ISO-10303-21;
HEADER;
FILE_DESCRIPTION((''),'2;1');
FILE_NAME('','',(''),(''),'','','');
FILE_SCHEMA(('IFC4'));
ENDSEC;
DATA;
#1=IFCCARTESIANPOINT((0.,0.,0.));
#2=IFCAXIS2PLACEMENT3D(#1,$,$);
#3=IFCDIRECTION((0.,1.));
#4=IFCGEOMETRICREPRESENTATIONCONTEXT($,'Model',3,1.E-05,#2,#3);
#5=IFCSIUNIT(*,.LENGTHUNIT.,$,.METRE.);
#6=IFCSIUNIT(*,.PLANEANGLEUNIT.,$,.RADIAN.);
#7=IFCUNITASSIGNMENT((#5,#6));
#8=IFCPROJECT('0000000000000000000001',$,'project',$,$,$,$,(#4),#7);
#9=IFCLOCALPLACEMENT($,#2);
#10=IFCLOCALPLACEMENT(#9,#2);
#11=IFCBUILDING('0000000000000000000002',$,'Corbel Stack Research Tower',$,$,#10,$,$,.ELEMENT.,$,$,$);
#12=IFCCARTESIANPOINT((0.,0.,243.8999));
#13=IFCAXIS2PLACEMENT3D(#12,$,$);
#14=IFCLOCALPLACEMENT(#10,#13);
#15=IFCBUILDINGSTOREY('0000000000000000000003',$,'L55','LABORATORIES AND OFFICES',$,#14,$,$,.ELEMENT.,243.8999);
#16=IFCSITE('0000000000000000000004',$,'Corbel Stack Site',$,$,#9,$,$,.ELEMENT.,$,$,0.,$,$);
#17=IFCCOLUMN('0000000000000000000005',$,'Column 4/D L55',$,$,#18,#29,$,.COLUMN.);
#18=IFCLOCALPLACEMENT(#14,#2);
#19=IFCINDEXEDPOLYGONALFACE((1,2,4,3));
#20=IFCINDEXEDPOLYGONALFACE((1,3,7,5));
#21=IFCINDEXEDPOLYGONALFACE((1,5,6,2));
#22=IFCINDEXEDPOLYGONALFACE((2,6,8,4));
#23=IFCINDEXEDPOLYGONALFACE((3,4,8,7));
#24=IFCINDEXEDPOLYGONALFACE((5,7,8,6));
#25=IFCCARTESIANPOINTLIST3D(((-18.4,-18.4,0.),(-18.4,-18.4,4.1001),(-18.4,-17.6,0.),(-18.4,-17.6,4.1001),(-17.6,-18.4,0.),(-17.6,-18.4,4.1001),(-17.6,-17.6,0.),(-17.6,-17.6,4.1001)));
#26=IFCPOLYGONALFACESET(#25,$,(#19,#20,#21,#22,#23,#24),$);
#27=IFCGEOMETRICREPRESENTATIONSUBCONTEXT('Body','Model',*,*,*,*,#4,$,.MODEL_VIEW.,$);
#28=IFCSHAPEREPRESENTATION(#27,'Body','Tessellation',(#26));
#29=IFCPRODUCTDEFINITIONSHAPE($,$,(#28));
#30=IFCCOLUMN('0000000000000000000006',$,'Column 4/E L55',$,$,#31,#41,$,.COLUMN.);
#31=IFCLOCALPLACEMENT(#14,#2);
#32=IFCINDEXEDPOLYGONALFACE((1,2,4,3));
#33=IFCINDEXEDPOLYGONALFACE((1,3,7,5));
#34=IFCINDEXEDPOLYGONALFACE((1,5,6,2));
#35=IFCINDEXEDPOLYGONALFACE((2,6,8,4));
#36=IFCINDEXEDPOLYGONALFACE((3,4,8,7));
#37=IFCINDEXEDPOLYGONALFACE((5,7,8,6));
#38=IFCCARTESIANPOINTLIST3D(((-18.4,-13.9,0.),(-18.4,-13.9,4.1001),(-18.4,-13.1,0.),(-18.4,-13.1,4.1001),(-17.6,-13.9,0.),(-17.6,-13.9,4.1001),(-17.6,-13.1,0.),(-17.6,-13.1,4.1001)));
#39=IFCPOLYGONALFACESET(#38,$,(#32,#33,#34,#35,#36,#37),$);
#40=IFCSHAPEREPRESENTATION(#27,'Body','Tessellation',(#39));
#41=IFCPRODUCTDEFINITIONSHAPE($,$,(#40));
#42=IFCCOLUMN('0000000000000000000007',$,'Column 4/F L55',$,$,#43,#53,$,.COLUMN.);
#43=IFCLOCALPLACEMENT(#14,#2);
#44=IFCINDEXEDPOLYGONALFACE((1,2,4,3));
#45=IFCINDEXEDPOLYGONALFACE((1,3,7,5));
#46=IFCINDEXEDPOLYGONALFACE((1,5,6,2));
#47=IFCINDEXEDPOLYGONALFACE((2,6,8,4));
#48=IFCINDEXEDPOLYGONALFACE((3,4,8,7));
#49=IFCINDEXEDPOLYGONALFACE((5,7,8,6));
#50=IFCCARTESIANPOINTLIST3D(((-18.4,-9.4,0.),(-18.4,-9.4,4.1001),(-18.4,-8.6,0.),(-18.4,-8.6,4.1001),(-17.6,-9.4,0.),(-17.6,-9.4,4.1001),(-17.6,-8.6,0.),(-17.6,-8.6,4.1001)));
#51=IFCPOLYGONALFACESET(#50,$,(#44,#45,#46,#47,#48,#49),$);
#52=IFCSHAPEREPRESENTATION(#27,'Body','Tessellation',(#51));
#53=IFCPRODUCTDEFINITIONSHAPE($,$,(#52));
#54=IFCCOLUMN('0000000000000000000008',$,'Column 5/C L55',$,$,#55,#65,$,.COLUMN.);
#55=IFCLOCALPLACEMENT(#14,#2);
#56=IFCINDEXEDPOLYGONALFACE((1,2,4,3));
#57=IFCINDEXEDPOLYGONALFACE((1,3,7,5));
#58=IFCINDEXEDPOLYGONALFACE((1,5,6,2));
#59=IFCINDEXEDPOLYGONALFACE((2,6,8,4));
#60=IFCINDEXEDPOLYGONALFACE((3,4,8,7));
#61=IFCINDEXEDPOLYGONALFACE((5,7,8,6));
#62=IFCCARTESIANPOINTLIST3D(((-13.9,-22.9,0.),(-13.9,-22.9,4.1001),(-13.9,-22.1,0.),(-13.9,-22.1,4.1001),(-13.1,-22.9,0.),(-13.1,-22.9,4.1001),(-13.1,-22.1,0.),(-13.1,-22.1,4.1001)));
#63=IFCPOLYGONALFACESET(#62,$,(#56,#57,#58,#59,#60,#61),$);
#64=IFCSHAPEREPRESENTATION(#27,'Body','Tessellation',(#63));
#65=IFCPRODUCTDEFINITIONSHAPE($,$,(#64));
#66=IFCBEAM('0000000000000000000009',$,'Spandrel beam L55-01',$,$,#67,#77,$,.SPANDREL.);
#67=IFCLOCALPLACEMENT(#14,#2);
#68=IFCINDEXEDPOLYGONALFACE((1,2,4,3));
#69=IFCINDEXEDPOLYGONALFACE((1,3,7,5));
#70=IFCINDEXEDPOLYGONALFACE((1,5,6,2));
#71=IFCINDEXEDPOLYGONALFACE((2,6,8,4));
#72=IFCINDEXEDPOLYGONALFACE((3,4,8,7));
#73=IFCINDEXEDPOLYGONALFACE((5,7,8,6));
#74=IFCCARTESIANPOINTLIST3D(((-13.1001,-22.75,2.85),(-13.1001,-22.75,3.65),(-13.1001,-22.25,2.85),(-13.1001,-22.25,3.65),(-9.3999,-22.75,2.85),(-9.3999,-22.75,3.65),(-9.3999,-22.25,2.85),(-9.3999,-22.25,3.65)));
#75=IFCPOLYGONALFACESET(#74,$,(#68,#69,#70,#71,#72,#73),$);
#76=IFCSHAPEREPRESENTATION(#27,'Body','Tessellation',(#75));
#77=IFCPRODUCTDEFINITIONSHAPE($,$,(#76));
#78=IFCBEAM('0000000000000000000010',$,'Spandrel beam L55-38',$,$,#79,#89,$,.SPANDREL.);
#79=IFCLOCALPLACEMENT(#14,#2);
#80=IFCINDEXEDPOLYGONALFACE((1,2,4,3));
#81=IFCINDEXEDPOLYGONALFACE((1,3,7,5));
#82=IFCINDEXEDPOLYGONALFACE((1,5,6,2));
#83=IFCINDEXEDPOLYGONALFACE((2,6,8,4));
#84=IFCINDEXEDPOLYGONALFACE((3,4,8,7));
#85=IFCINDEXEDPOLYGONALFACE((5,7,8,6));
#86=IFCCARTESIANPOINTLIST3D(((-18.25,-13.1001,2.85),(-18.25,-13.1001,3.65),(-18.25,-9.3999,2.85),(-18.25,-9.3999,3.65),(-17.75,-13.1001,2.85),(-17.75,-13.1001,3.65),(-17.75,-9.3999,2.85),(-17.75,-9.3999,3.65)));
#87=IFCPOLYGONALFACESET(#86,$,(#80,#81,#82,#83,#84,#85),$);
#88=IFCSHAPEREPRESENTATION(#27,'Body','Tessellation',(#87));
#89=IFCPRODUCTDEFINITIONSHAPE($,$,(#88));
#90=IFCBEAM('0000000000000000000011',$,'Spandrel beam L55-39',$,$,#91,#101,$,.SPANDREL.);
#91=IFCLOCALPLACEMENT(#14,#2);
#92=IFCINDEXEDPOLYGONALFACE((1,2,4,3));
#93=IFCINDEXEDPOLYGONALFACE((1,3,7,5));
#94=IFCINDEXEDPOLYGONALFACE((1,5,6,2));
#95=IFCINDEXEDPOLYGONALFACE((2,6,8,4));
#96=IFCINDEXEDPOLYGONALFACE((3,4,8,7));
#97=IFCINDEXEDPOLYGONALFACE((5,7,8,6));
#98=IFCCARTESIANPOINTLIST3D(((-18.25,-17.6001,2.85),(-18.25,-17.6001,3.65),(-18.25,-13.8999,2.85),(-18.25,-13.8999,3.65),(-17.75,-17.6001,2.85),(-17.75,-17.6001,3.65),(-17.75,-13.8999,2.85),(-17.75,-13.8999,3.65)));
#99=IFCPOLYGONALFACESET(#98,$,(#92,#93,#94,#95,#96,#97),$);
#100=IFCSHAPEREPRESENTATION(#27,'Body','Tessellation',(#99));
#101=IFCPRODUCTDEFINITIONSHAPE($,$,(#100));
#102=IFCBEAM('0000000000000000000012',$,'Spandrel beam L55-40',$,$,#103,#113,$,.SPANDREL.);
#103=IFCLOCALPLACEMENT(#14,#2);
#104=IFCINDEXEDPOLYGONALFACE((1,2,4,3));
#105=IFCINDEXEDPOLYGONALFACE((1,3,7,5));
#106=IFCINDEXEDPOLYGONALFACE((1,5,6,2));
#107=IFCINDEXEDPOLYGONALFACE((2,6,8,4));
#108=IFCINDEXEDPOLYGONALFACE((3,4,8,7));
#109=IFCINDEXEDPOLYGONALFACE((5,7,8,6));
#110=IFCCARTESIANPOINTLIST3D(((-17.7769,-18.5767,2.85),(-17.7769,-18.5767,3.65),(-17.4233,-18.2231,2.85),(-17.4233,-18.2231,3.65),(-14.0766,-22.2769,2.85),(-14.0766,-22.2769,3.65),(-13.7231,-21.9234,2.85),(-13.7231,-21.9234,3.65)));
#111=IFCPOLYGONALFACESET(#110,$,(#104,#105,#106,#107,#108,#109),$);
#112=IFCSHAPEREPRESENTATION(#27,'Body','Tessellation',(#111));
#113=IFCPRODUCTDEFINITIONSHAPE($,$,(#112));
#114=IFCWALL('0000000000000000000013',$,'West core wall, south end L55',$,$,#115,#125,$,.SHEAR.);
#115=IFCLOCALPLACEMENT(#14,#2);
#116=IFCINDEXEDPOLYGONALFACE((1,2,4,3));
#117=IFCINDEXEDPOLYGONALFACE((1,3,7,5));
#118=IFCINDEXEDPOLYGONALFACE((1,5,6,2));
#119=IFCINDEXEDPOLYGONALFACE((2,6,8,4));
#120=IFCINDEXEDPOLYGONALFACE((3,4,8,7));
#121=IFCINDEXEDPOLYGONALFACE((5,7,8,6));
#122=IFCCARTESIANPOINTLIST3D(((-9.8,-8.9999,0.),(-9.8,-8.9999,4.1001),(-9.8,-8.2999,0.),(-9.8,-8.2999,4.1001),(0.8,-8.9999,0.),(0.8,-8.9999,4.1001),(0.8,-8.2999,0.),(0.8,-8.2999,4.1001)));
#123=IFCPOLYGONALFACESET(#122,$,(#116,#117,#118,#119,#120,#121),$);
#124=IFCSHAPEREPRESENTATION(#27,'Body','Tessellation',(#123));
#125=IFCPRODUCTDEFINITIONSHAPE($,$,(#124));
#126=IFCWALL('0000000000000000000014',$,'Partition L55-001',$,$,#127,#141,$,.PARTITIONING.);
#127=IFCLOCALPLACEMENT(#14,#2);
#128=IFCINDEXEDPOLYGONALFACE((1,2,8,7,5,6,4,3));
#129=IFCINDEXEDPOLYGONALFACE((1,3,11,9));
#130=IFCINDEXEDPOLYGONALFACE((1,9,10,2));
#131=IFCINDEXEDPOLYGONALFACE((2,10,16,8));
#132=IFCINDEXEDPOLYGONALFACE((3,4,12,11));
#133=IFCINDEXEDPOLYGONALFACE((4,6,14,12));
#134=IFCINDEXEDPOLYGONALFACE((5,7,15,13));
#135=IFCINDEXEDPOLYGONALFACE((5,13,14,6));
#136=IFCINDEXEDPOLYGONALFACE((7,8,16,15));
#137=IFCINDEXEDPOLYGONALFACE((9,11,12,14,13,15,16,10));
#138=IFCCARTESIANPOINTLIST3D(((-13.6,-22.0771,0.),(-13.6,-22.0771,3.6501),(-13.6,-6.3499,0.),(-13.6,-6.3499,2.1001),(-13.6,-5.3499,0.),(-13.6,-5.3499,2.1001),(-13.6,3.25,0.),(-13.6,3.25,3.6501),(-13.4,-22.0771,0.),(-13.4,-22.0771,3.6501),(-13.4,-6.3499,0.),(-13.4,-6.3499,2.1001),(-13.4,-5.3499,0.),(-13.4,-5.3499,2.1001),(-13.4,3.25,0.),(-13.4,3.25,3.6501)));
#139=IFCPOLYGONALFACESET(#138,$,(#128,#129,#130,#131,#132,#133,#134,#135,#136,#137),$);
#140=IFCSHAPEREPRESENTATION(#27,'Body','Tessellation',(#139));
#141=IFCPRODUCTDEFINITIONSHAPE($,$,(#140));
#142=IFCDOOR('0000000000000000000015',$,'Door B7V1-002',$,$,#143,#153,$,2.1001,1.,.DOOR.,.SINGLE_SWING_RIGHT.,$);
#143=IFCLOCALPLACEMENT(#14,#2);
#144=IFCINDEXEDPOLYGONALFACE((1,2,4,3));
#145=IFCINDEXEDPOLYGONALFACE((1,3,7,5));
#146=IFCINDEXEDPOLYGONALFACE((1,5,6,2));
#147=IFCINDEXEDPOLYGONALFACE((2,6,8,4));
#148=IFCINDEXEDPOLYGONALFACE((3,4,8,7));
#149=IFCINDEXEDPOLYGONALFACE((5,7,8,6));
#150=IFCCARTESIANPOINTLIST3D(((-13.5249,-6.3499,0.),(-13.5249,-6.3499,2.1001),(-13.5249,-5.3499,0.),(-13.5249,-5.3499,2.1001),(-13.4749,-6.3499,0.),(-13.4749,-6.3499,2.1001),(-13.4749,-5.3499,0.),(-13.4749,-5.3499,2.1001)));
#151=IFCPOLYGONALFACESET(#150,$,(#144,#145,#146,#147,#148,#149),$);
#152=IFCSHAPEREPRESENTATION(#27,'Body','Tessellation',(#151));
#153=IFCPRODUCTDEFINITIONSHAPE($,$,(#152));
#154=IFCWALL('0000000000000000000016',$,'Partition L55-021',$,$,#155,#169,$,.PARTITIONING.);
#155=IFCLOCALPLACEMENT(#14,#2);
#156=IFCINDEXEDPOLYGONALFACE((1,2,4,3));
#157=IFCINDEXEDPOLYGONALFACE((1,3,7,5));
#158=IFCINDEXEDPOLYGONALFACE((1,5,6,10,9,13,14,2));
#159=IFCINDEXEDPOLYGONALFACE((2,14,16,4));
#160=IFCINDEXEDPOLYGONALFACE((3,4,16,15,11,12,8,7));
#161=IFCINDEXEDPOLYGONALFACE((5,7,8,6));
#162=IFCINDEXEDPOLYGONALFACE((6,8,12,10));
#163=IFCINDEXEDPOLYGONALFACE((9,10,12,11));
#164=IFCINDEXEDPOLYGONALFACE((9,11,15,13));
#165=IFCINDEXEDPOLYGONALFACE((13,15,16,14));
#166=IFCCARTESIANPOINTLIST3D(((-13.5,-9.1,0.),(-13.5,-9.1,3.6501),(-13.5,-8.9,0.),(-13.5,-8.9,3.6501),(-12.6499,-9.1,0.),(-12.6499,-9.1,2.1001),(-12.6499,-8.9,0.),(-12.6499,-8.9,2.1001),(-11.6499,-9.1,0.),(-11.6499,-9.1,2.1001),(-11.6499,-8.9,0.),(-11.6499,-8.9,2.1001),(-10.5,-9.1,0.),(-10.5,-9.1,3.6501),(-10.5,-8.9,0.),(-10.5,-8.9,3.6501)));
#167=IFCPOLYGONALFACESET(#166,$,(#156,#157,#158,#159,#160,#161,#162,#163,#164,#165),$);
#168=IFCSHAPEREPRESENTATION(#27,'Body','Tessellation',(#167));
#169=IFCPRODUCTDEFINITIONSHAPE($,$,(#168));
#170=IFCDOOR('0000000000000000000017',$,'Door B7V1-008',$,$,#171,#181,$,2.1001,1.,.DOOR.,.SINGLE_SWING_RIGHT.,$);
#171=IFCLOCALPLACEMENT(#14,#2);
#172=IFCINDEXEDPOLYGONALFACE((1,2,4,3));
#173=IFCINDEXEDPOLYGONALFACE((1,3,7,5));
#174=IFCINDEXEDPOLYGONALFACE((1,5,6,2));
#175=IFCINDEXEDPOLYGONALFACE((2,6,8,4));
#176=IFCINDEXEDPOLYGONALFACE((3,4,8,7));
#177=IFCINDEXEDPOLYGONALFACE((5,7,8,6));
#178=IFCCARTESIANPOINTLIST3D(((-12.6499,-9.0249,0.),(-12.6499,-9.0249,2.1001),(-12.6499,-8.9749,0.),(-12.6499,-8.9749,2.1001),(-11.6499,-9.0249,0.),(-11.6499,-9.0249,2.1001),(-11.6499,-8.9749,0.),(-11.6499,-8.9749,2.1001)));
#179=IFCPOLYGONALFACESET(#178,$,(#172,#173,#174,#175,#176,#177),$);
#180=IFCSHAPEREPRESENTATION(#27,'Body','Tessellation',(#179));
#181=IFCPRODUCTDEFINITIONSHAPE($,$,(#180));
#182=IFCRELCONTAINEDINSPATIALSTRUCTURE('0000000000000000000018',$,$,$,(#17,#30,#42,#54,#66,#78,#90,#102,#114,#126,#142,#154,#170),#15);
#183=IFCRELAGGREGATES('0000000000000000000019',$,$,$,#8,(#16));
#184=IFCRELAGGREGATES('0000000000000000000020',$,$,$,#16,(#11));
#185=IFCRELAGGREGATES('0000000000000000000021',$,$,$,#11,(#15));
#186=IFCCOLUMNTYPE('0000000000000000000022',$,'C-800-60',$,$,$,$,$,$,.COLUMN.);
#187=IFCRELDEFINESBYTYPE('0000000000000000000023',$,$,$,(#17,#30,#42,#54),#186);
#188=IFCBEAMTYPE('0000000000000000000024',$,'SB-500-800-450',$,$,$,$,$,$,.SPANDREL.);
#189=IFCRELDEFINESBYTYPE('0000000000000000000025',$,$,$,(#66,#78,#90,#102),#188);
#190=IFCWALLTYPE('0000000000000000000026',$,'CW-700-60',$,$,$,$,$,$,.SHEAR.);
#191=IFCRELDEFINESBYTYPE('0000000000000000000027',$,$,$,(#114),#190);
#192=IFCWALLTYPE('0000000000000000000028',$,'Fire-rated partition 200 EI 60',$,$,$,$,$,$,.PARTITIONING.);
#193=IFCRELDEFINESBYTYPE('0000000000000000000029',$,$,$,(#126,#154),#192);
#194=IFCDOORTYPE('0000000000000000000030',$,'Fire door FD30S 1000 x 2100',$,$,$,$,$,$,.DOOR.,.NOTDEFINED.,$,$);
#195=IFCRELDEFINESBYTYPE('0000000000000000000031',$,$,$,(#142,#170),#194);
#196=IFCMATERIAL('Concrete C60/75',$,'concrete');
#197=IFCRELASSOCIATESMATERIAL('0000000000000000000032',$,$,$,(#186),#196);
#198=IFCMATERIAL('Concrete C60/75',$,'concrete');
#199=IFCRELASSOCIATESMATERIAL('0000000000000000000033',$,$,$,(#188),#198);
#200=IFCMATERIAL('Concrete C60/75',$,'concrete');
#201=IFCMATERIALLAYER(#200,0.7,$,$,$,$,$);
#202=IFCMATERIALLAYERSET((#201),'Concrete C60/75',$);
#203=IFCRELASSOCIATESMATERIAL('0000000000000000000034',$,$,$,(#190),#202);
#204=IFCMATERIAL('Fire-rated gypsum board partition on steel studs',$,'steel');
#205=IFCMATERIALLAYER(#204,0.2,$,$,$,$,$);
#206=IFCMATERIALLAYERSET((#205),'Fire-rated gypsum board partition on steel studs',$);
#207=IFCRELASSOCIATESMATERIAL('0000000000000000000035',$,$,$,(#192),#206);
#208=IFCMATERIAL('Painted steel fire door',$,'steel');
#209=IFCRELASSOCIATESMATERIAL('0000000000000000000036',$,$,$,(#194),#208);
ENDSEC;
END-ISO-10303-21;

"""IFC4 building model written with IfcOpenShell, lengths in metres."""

from ifc_helpers import new_model, si_unit, direction, frame, frame_2d, origin, origin_2d, place, context, subcontext, project, spatial, rectangle, extrude, material, layer, layer_set, material_profile, profile_set, type_object, element, fill, save


model = new_model("IFC4")

# Units and contexts
model_context = context("Model", 3, precision=1e-05, world=origin(), true_north=direction((0.0, 1.0)))
body_context = subcontext(model_context, "Body", "Model", "MODEL_VIEW")
ifc_project = project(units=[si_unit("LENGTHUNIT", "METRE"), si_unit("PLANEANGLEUNIT", "RADIAN")], contexts=[model_context])

# Site, building, storey
site_placement = place(None, origin())
site = spatial("IfcSite", under=ifc_project, at=site_placement, Name="Corbel Stack Site", CompositionType="ELEMENT", RefElevation=0.0)
building_placement = place(site_placement, origin())
building = spatial("IfcBuilding", under=site, at=building_placement, Name="Corbel Stack Research Tower", CompositionType="ELEMENT")
storey_placement = place(building_placement, frame((0.0, 0.0, 243.8999)))
storey = spatial("IfcBuildingStorey", under=building, at=storey_placement, Name="L55", Description="LABORATORIES AND OFFICES", CompositionType="ELEMENT", Elevation=243.8999)

# Columns
ifc_material_1 = material(Name="Concrete C60/75", Category="concrete")
ifc_material_profile_1 = material_profile(ifc_material_1, rectangle(XDim=0.8, YDim=0.8, at=origin_2d()), Name="RC 800 x 800")
ifc_profile_set_1 = profile_set([ifc_material_profile_1], Name="Concrete C60/75")
column_type = type_object("IfcColumnType", Name="C-800-60", PredefinedType="COLUMN", material=ifc_profile_set_1)
for number, where, z_axis, x_axis, name in (
    (1, (-18.0, -18.0, 0.0), (0.0, 0.0, 1.0), (1.0, 0.0, 0.0), "Column 4/D L55"),
    (2, (-18.0, -13.5, 0.0), (0.0, 0.0, 1.0), (1.0, 0.0, 0.0), "Column 4/E L55"),
    (3, (-18.0, -9.0, 0.0), (0.0, 0.0, 1.0), (1.0, 0.0, 0.0), "Column 4/F L55"),
    (4, (-13.5, -22.5, 0.0), (0.0, 0.0, 1.0), (1.0, 0.0, 0.0), "Column 5/C L55"),
):
    element("IfcColumn", number, at=place(storey_placement, frame(where, z_axis=z_axis, x_axis=x_axis)), inside=storey, type_object=column_type, Name=name, PredefinedType="COLUMN", context=body_context, shape_type="SweptSolid", body=[
        extrude(rectangle(XDim=0.8, YDim=0.8, at=origin_2d()), origin(), (0.0, 0.0, 1.0), 4.1001),
    ])

# Beams
ifc_material_2 = material(Name="Concrete C60/75", Category="concrete")
ifc_material_profile_2 = material_profile(ifc_material_2, rectangle(XDim=0.5, YDim=0.8, at=origin_2d()), Name="RC 500 x 800")
ifc_profile_set_2 = profile_set([ifc_material_profile_2], Name="Concrete C60/75")
beam_type = type_object("IfcBeamType", Name="SB-500-800-450", PredefinedType="SPANDREL", material=ifc_profile_set_2)
for number, where, z_axis, x_axis, name in (
    (5, (-13.1001, -22.5, 3.25), (1.0, 0.0, 0.0), (0.0, 1.0, 0.0), "Spandrel beam L55-01"),
    (6, (-18.0, -9.3999, 3.25), (0.0, -1.0, 0.0), (1.0, 0.0, 0.0), "Spandrel beam L55-38"),
    (7, (-18.0, -13.8999, 3.25), (0.0, -1.0, 0.0), (1.0, 0.0, 0.0), "Spandrel beam L55-39"),
):
    element("IfcBeam", number, at=place(storey_placement, frame(where, z_axis=z_axis, x_axis=x_axis)), inside=storey, type_object=beam_type, Name=name, PredefinedType="SPANDREL", context=body_context, shape_type="SweptSolid", body=[
        extrude(rectangle(XDim=0.5, YDim=0.8, at=origin_2d()), origin(), (0.0, 0.0, 1.0), 3.7002),
    ])
beam_placement = place(storey_placement, frame((-17.6001, -18.3999, 3.25), z_axis=(0.707107, -0.707107, 0.0), x_axis=(0.707107, 0.707107, 0.0)))
element("IfcBeam", 8, at=beam_placement, inside=storey, type_object=beam_type, Name="Spandrel beam L55-40", PredefinedType="SPANDREL", context=body_context, shape_type="SweptSolid", body=[
    extrude(rectangle(XDim=0.5, YDim=0.8, at=origin_2d()), origin(), (0.0, 0.0, 1.0), 5.2329),
])

# Shared definitions
ifc_material_3 = material(Name="Concrete C60/75", Category="concrete")
ifc_layer_1 = layer(ifc_material_3, 0.7)
ifc_layer_set_1 = layer_set([ifc_layer_1], Name="Concrete C60/75")
wall_type_1 = type_object("IfcWallType", Name="CW-700-60", PredefinedType="SHEAR", material=ifc_layer_set_1)

# Wall
wall_1_placement = place(storey_placement, frame((-9.8, -8.6499, 0.0), z_axis=(0.0, 0.0, 1.0), x_axis=(1.0, 0.0, 0.0)))
element("IfcWall", 9, at=wall_1_placement, inside=storey, type_object=wall_type_1, Name="West core wall, south end L55", PredefinedType="SHEAR", context=body_context, shape_type="SweptSolid", body=[
    extrude(rectangle(XDim=10.6001, YDim=0.7, at=frame_2d((5.3, 0.0))), origin(), (0.0, 0.0, 1.0), 4.1001),
])

# Walls, openings, doors
ifc_material_4 = material(Name="Fire-rated gypsum board partition on steel studs", Category="steel")
ifc_layer_2 = layer(ifc_material_4, 0.2)
ifc_layer_set_2 = layer_set([ifc_layer_2], Name="Fire-rated gypsum board partition on steel studs")
wall_type_2 = type_object("IfcWallType", Name="Fire-rated partition 200 EI 60", PredefinedType="PARTITIONING", material=ifc_layer_set_2)
wall_2_placement = place(storey_placement, frame((-13.5, -22.0771, 0.0), z_axis=(0.0, 0.0, 1.0), x_axis=(0.0, 1.0, 0.0)))
wall_2 = element("IfcWall", 10, at=wall_2_placement, inside=storey, type_object=wall_type_2, Name="Partition L55-001", PredefinedType="PARTITIONING", context=body_context, shape_type="SweptSolid", body=[
    extrude(rectangle(XDim=25.3271, YDim=0.2, at=frame_2d((12.6636, 0.0))), origin(), (0.0, 0.0, 1.0), 3.6501),
])
opening_1_placement = place(wall_2_placement, frame((15.7273, 0.0, 0.0)))
opening_1 = element("IfcOpeningElement", 11, at=opening_1_placement, cuts=wall_2, PredefinedType="OPENING", context=body_context, shape_type="SweptSolid", body=[
    extrude(rectangle(XDim=1.0, YDim=2.1001, at=frame_2d((0.5, 1.05))), frame((0.0, 0.1099, 0.0), z_axis=(0.0, -1.0, 0.0), x_axis=(1.0, 0.0, 0.0)), (0.0, 0.0, 1.0), 0.22),
])
ifc_material_5 = material(Name="Painted steel fire door", Category="steel")
door_type_1 = type_object("IfcDoorType", Name="Fire door FD30S 1000 x 2100", OperationType="NOTDEFINED", PredefinedType="DOOR", material=ifc_material_5)
door_1_placement = place(opening_1_placement, origin())
door_1 = element("IfcDoor", 12, at=door_1_placement, inside=storey, type_object=door_type_1, Name="Door B7V1-002", OperationType="SINGLE_SWING_RIGHT", OverallHeight=2.1001, OverallWidth=1.0, PredefinedType="DOOR", context=body_context, shape_type="SweptSolid", body=[
    extrude(rectangle(XDim=1.0, YDim=2.1001, at=frame_2d((0.5, 1.05))), frame((0.0, 0.0249, 0.0), z_axis=(0.0, -1.0, 0.0), x_axis=(1.0, 0.0, 0.0)), (0.0, 0.0, 1.0), 0.05),
])
fill(opening_1, door_1)
wall_3_placement = place(storey_placement, frame((-10.5, -9.0, 0.0), z_axis=(0.0, 0.0, 1.0), x_axis=(-1.0, 0.0, 0.0)))
wall_3 = element("IfcWall", 13, at=wall_3_placement, inside=storey, type_object=wall_type_2, Name="Partition L55-021", PredefinedType="PARTITIONING", context=body_context, shape_type="SweptSolid", body=[
    extrude(rectangle(XDim=3.0, YDim=0.2, at=frame_2d((1.5, 0.0))), origin(), (0.0, 0.0, 1.0), 3.6501),
])
opening_2_placement = place(wall_3_placement, frame((1.1499, 0.0, 0.0)))
opening_2 = element("IfcOpeningElement", 14, at=opening_2_placement, cuts=wall_3, PredefinedType="OPENING", context=body_context, shape_type="SweptSolid", body=[
    extrude(rectangle(XDim=1.0, YDim=2.1001, at=frame_2d((0.5, 1.05))), frame((0.0, 0.1099, 0.0), z_axis=(0.0, -1.0, 0.0), x_axis=(1.0, 0.0, 0.0)), (0.0, 0.0, 1.0), 0.22),
])
door_2_placement = place(opening_2_placement, origin())
door_2 = element("IfcDoor", 15, at=door_2_placement, inside=storey, type_object=door_type_1, Name="Door B7V1-008", OperationType="SINGLE_SWING_RIGHT", OverallHeight=2.1001, OverallWidth=1.0, PredefinedType="DOOR", context=body_context, shape_type="SweptSolid", body=[
    extrude(rectangle(XDim=1.0, YDim=2.1001, at=frame_2d((0.5, 1.05))), frame((0.0, 0.0249, 0.0), z_axis=(0.0, -1.0, 0.0), x_axis=(1.0, 0.0, 0.0)), (0.0, 0.0, 1.0), 0.05),
])
fill(opening_2, door_2)

save(model, "model.ifc")
